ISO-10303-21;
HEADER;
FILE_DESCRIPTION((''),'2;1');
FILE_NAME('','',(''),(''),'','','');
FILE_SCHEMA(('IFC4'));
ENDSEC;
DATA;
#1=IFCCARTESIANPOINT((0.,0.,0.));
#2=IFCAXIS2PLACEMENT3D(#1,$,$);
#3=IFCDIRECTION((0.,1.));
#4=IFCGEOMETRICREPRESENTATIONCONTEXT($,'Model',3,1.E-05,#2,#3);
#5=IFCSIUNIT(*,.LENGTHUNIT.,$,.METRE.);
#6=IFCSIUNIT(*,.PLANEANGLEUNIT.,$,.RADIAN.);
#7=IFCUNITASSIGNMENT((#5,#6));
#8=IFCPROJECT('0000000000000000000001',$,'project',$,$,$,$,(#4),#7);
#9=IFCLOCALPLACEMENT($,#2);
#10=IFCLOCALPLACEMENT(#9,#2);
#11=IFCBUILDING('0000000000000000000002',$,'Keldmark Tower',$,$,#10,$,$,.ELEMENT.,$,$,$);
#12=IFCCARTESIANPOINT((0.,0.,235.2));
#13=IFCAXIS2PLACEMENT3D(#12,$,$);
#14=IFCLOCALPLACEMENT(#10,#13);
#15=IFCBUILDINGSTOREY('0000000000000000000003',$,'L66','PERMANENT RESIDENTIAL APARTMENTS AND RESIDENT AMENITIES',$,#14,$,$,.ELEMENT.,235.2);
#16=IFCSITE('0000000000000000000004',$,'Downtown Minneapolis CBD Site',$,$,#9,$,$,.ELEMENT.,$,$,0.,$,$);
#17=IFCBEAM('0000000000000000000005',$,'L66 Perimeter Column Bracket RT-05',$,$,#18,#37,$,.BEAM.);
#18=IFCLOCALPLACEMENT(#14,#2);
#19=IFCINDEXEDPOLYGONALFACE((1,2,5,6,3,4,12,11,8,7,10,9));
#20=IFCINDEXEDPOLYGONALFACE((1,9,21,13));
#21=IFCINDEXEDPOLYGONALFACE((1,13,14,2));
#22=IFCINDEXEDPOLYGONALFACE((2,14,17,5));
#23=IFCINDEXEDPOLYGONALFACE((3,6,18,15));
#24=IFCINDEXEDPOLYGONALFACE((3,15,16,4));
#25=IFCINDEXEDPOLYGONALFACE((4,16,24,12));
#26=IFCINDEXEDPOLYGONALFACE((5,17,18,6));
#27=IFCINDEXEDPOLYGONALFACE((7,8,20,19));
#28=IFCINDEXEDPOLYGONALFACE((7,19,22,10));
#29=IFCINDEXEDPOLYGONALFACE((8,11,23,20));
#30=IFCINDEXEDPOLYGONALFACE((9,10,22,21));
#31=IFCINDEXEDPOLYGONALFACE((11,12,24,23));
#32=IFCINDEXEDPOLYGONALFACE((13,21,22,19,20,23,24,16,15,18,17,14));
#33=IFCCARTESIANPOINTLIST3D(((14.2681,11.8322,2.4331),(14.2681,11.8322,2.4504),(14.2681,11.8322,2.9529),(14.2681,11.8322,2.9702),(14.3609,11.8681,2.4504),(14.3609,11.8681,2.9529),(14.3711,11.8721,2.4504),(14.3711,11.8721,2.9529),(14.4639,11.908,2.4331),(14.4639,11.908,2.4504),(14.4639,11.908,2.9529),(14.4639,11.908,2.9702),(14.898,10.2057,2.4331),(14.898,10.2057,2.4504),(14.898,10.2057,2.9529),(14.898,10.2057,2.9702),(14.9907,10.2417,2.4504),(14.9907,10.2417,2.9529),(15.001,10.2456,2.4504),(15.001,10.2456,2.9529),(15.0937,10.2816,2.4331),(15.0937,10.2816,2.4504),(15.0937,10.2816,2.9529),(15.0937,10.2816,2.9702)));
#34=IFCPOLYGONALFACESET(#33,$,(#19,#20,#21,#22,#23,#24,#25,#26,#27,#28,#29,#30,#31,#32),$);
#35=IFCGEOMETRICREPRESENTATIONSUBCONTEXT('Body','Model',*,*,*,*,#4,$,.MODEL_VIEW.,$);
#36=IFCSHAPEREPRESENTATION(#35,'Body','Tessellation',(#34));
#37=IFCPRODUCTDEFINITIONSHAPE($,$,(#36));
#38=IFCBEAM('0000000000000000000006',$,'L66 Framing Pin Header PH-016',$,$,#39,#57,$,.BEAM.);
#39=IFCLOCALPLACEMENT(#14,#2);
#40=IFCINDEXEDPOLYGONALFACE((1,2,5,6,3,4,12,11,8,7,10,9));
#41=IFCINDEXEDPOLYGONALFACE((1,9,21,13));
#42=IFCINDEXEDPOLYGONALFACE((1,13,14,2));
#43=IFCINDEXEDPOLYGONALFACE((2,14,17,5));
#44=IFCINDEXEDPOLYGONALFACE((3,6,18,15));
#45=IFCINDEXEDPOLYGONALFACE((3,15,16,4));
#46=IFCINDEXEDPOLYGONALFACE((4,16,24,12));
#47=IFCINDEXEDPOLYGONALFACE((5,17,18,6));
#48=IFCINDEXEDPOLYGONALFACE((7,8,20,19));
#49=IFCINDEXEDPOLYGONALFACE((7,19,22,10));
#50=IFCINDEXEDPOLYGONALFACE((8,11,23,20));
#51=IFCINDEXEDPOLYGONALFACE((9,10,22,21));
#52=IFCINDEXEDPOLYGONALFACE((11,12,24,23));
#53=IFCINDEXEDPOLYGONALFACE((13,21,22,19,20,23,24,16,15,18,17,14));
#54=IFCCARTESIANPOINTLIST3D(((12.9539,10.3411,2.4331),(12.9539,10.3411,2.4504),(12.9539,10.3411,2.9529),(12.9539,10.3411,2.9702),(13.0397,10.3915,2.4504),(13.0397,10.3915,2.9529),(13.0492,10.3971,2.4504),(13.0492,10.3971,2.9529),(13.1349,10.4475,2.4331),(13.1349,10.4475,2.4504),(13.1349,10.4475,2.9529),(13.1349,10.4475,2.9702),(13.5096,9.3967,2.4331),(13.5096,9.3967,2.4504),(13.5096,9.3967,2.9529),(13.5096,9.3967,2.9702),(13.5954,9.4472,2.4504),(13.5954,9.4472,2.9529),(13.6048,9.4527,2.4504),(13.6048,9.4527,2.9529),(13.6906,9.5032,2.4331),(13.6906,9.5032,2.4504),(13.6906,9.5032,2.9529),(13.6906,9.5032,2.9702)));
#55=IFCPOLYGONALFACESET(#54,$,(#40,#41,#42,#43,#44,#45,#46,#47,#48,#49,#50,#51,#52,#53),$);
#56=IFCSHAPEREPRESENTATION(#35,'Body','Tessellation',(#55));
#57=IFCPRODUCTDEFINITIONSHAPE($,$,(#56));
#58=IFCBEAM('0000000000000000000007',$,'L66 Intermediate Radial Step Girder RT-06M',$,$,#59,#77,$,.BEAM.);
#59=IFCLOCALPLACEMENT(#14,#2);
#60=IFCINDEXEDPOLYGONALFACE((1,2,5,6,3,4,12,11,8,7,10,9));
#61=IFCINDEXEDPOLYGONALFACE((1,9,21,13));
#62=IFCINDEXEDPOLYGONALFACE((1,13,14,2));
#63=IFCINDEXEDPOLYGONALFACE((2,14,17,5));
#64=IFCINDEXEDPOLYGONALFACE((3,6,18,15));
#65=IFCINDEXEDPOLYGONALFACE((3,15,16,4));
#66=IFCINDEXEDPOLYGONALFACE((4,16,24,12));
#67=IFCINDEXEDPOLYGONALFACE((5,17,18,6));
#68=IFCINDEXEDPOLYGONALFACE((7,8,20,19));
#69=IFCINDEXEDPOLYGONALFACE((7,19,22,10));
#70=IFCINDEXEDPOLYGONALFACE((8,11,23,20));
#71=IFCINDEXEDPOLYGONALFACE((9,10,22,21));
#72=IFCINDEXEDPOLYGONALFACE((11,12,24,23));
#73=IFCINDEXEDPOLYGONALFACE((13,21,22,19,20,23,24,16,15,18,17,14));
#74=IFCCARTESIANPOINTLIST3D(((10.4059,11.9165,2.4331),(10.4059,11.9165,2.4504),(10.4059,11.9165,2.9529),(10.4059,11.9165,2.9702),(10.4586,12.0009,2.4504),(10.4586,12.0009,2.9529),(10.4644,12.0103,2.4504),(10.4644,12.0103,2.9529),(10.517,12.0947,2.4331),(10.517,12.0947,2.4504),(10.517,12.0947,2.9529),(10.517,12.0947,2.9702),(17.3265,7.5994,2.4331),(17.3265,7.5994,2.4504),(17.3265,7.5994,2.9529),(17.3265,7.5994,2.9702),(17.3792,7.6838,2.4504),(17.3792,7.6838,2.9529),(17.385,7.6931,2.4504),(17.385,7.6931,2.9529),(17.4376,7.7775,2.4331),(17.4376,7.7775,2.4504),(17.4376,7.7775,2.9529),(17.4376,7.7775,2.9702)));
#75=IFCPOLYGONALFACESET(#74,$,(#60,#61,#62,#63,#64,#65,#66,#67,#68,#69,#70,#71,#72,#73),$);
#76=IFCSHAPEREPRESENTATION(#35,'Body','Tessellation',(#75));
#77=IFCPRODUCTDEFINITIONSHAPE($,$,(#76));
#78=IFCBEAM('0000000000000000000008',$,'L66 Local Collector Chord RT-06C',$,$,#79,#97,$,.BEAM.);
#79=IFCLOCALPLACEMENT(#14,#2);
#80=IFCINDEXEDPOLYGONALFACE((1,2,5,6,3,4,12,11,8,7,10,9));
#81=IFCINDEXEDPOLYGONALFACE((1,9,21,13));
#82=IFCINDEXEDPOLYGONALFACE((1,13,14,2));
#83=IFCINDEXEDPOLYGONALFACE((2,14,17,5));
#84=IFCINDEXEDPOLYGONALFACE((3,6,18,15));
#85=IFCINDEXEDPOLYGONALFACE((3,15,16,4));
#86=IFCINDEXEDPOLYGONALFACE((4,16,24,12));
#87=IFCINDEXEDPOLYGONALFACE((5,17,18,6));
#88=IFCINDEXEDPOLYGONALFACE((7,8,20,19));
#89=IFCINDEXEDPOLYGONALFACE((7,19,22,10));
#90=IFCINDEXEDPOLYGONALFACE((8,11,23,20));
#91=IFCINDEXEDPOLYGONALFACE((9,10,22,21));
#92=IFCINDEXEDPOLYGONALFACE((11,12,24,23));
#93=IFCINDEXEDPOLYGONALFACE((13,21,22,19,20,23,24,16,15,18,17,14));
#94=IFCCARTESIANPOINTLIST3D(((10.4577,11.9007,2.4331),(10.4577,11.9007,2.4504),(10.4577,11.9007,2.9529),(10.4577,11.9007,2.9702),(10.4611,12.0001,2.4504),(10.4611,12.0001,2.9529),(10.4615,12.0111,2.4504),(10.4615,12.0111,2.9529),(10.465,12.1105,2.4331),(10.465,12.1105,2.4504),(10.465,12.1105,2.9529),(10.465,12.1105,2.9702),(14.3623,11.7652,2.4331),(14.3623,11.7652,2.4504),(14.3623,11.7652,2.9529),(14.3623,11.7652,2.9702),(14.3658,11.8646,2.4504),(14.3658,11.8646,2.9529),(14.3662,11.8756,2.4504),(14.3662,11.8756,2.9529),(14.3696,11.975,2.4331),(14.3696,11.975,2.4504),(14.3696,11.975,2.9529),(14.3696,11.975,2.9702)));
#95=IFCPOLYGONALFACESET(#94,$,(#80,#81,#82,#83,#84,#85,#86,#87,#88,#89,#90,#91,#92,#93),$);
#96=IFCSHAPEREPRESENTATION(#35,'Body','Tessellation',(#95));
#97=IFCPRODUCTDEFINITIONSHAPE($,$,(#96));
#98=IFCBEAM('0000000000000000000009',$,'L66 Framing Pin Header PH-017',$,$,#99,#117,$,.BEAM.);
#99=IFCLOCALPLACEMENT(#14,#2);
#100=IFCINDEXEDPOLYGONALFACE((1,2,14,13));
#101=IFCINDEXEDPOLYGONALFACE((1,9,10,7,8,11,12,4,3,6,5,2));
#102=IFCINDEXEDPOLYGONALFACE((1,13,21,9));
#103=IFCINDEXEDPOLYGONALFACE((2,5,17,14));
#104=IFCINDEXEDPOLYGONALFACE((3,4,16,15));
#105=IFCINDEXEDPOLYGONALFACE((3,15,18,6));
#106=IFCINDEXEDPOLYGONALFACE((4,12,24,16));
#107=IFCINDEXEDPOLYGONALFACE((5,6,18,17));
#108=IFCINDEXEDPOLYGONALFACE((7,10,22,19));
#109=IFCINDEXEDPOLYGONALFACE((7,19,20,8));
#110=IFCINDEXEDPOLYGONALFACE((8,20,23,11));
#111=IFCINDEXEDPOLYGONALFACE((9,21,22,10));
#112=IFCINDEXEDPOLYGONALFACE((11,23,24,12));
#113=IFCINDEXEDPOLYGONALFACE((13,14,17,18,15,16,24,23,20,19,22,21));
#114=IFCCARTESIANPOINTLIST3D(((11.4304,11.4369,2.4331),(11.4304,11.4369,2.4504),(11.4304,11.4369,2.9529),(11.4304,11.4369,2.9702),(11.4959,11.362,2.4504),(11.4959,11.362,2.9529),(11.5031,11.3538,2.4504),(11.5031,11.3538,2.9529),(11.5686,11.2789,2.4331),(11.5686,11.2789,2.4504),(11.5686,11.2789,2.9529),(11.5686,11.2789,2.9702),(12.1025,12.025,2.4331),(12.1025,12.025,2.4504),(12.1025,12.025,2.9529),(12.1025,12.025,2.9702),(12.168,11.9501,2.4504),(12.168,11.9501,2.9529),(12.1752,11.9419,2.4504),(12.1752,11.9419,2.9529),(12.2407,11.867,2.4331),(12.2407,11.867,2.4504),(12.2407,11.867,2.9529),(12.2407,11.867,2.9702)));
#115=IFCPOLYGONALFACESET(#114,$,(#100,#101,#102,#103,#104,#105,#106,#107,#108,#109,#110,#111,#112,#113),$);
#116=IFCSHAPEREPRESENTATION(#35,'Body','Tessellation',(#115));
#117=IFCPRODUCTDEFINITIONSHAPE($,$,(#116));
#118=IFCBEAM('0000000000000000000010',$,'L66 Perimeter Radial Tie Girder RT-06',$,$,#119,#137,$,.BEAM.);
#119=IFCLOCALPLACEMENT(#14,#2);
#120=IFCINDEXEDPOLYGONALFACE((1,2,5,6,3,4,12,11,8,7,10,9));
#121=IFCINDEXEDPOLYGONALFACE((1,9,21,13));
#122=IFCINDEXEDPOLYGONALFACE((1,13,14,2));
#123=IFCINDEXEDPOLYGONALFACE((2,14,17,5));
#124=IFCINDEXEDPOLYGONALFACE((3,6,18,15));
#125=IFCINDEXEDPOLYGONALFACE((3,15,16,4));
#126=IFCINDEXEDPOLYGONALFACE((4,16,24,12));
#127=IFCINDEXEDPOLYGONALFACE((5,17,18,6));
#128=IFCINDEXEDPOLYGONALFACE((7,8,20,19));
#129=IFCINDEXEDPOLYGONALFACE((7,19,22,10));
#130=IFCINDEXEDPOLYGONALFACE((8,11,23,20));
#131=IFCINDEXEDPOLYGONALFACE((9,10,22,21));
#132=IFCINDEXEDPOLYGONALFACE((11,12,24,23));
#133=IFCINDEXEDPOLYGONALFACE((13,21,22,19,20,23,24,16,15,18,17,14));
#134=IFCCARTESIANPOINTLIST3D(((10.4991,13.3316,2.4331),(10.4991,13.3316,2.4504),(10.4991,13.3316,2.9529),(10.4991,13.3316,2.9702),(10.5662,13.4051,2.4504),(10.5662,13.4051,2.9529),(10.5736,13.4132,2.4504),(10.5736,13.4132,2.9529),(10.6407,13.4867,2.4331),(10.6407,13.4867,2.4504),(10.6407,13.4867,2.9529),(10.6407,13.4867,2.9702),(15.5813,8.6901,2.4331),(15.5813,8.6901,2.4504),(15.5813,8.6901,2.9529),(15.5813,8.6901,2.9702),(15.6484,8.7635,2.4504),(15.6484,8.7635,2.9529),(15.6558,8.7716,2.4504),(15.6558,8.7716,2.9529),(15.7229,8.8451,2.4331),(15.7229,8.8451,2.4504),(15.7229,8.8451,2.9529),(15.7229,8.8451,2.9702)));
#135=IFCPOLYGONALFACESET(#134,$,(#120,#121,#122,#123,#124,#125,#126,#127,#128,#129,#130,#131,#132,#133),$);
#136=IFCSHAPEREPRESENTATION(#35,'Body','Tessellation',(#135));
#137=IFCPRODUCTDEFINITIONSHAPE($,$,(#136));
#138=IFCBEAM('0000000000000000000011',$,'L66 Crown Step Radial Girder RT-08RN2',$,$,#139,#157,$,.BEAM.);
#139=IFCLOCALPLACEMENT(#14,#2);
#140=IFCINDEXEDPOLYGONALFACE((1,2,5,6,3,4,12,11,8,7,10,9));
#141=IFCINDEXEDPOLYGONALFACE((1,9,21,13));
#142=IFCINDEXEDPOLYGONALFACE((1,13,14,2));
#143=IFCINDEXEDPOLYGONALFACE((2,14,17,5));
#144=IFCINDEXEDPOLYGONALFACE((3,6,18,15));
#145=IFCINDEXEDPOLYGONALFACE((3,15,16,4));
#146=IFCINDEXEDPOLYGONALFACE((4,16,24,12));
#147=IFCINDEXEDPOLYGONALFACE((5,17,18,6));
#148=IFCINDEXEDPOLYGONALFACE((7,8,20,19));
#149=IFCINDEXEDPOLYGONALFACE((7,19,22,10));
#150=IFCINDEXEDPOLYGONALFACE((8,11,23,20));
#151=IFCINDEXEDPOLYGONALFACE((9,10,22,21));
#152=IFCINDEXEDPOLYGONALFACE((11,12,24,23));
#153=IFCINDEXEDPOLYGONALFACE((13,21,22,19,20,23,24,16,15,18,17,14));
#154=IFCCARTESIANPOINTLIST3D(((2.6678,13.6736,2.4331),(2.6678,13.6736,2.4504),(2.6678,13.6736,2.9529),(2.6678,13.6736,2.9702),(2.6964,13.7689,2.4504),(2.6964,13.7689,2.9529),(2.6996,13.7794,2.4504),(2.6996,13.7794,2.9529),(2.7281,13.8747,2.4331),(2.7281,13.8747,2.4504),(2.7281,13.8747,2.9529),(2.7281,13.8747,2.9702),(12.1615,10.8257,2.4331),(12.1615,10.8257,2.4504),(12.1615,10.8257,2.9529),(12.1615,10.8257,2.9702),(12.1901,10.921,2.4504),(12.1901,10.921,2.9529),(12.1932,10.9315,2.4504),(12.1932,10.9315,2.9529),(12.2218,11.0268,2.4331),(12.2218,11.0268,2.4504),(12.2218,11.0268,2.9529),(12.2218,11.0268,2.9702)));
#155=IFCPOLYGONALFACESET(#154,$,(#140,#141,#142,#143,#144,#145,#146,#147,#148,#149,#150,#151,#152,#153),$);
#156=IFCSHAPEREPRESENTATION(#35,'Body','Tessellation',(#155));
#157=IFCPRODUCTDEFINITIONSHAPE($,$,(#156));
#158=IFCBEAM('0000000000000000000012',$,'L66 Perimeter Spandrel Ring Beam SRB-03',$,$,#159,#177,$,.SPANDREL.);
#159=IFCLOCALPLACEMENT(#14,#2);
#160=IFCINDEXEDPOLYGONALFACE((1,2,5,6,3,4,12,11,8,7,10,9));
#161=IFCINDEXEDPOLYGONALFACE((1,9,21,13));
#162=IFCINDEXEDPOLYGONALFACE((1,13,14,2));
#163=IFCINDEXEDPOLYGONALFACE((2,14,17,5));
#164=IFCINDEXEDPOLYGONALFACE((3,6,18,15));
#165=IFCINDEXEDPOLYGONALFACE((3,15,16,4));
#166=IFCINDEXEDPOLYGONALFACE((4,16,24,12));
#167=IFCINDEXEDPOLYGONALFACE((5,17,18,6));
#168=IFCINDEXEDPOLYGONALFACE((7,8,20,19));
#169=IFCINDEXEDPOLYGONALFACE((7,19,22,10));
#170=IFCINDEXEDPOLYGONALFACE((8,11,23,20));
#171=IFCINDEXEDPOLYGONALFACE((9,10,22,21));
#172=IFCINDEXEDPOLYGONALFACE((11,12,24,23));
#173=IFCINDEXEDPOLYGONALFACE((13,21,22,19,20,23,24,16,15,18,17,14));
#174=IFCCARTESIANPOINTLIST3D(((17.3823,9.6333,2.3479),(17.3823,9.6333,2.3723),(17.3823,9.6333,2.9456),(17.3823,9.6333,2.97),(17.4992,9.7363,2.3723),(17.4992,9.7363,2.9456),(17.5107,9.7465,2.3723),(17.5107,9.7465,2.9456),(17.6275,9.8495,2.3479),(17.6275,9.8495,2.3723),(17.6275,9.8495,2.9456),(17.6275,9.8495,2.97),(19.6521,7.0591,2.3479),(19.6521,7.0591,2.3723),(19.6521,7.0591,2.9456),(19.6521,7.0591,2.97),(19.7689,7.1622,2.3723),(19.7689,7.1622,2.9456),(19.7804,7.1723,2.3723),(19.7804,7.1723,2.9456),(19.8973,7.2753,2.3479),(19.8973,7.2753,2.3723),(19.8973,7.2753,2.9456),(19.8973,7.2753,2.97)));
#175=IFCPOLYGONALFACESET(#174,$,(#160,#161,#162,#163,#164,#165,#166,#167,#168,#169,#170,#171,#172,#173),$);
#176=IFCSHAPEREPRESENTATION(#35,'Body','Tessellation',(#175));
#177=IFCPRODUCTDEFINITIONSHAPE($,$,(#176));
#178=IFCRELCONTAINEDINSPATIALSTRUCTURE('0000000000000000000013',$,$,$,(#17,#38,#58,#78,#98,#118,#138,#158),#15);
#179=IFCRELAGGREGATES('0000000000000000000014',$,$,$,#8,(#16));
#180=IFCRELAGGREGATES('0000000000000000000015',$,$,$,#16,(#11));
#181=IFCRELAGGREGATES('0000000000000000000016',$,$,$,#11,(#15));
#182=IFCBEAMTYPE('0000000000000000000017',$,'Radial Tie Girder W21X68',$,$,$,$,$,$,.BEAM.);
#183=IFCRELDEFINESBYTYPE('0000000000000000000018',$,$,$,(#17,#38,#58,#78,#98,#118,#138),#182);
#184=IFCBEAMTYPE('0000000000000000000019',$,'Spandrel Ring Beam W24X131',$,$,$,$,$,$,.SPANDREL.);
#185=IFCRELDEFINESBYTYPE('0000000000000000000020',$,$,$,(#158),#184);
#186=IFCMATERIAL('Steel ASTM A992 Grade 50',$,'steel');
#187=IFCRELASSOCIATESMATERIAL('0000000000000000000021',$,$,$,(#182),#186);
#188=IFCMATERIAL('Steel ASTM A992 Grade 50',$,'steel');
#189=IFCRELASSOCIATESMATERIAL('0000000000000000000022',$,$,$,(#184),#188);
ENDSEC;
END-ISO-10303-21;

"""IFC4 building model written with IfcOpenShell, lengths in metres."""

from ifc_helpers import new_model, si_unit, direction, frame, origin, origin_2d, place, context, subcontext, project, spatial, i_section, extrude, material, material_profile, profile_set, type_object, element, save


model = new_model("IFC4")

# Units and contexts
model_context = context("Model", 3, precision=1e-05, world=origin(), true_north=direction((0.0, 1.0)))
body_context = subcontext(model_context, "Body", "Model", "MODEL_VIEW")
ifc_project = project(units=[si_unit("LENGTHUNIT", "METRE"), si_unit("PLANEANGLEUNIT", "RADIAN")], contexts=[model_context])

# Site, building, storey
site_placement = place(None, origin())
site = spatial("IfcSite", under=ifc_project, at=site_placement, Name="Downtown Minneapolis CBD Site", CompositionType="ELEMENT", RefElevation=0.0)
building_placement = place(site_placement, origin())
building = spatial("IfcBuilding", under=site, at=building_placement, Name="Keldmark Tower", CompositionType="ELEMENT")
storey_placement = place(building_placement, frame((0.0, 0.0, 235.2)))
storey = spatial("IfcBuildingStorey", under=building, at=storey_placement, Name="L66", Description="PERMANENT RESIDENTIAL APARTMENTS AND RESIDENT AMENITIES", CompositionType="ELEMENT", Elevation=235.2)

# Beams
ifc_material_1 = material(Name="Steel ASTM A992 Grade 50", Category="steel")
ifc_material_profile_1 = material_profile(ifc_material_1, i_section(OverallWidth=0.21, OverallDepth=0.5371, WebThickness=0.011, FlangeThickness=0.0173, at=origin_2d()), Name="W21X68")
ifc_profile_set_1 = profile_set([ifc_material_profile_1], Name="Steel ASTM A992 Grade 50")
beam_type_1 = type_object("IfcBeamType", Name="Radial Tie Girder W21X68", PredefinedType="BEAM", material=ifc_profile_set_1)
beam_1_placement = place(storey_placement, frame((14.9958, 10.2437, 2.7017), z_axis=(-0.361135, 0.932513, 0.0), x_axis=(-0.932513, -0.361135, 0.0)))
element("IfcBeam", 1, at=beam_1_placement, inside=storey, type_object=beam_type_1, Name="L66 Perimeter Column Bracket RT-05", PredefinedType="BEAM", context=body_context, shape_type="SweptSolid", body=[
    extrude(i_section(OverallWidth=0.21, OverallDepth=0.5371, WebThickness=0.011, FlangeThickness=0.0173, at=origin_2d()), origin(), (0.0, 0.0, 1.0), 1.7441),
])
beam_2_placement = place(storey_placement, frame((13.6001, 9.45, 2.7017), z_axis=(-0.507137, 0.861865, 0.0), x_axis=(-0.861865, -0.507137, 0.0)))
element("IfcBeam", 2, at=beam_2_placement, inside=storey, type_object=beam_type_1, Name="L66 Framing Pin Header PH-016", PredefinedType="BEAM", context=body_context, shape_type="SweptSolid", body=[
    extrude(i_section(OverallWidth=0.21, OverallDepth=0.5371, WebThickness=0.011, FlangeThickness=0.0173, at=origin_2d()), origin(), (0.0, 0.0, 1.0), 1.0957),
])
beam_3_placement = place(storey_placement, frame((17.3821, 7.6885, 2.7017), z_axis=(-0.848454, 0.52927, 0.0), x_axis=(-0.52927, -0.848454, 0.0)))
element("IfcBeam", 3, at=beam_3_placement, inside=storey, type_object=beam_type_1, Name="L66 Intermediate Radial Step Girder RT-06M", PredefinedType="BEAM", context=body_context, shape_type="SweptSolid", body=[
    extrude(i_section(OverallWidth=0.21, OverallDepth=0.5371, WebThickness=0.011, FlangeThickness=0.0173, at=origin_2d()), origin(), (0.0, 0.0, 1.0), 8.1567),
])
beam_4_placement = place(storey_placement, frame((14.366, 11.8701, 2.7017), z_axis=(-0.999398, 0.034682, 0.0), x_axis=(-0.034682, -0.999398, 0.0)))
element("IfcBeam", 4, at=beam_4_placement, inside=storey, type_object=beam_type_1, Name="L66 Local Collector Chord RT-06C", PredefinedType="BEAM", context=body_context, shape_type="SweptSolid", body=[
    extrude(i_section(OverallWidth=0.21, OverallDepth=0.5371, WebThickness=0.011, FlangeThickness=0.0173, at=origin_2d()), origin(), (0.0, 0.0, 1.0), 3.907),
])
beam_5_placement = place(storey_placement, frame((11.4995, 11.3579, 2.7017), z_axis=(0.75256, 0.658524, 0.0), x_axis=(-0.658524, 0.75256, 0.0)))
element("IfcBeam", 5, at=beam_5_placement, inside=storey, type_object=beam_type_1, Name="L66 Framing Pin Header PH-017", PredefinedType="BEAM", context=body_context, shape_type="SweptSolid", body=[
    extrude(i_section(OverallWidth=0.21, OverallDepth=0.5371, WebThickness=0.011, FlangeThickness=0.0173, at=origin_2d()), origin(), (0.0, 0.0, 1.0), 0.8931),
])
beam_6_placement = place(storey_placement, frame((15.6521, 8.7676, 2.7017), z_axis=(-0.738394, 0.674369, 0.0), x_axis=(-0.674369, -0.738394, 0.0)))
element("IfcBeam", 6, at=beam_6_placement, inside=storey, type_object=beam_type_1, Name="L66 Perimeter Radial Tie Girder RT-06", PredefinedType="BEAM", context=body_context, shape_type="SweptSolid", body=[
    extrude(i_section(OverallWidth=0.21, OverallDepth=0.5371, WebThickness=0.011, FlangeThickness=0.0173, at=origin_2d()), origin(), (0.0, 0.0, 1.0), 6.8828),
])
beam_7_placement = place(storey_placement, frame((12.1917, 10.9263, 2.7017), z_axis=(-0.957832, 0.28733, 0.0), x_axis=(-0.28733, -0.957832, 0.0)))
element("IfcBeam", 7, at=beam_7_placement, inside=storey, type_object=beam_type_1, Name="L66 Crown Step Radial Girder RT-08RN2", PredefinedType="BEAM", context=body_context, shape_type="SweptSolid", body=[
    extrude(i_section(OverallWidth=0.21, OverallDepth=0.5371, WebThickness=0.011, FlangeThickness=0.0173, at=origin_2d()), origin(), (0.0, 0.0, 1.0), 9.9116),
])
ifc_material_2 = material(Name="Steel ASTM A992 Grade 50", Category="steel")
ifc_material_profile_2 = material_profile(ifc_material_2, i_section(OverallWidth=0.3269, OverallDepth=0.6221, WebThickness=0.0154, FlangeThickness=0.0244, at=origin_2d()), Name="W24X131")
ifc_profile_set_2 = profile_set([ifc_material_profile_2], Name="Steel ASTM A992 Grade 50")
beam_type_2 = type_object("IfcBeamType", Name="Spandrel Ring Beam W24X131", PredefinedType="SPANDREL", material=ifc_profile_set_2)
beam_8_placement = place(storey_placement, frame((19.7747, 7.1672, 2.6589), z_axis=(-0.66136, 0.750068, 0.0), x_axis=(-0.750068, -0.66136, 0.0)))
element("IfcBeam", 8, at=beam_8_placement, inside=storey, type_object=beam_type_2, Name="L66 Perimeter Spandrel Ring Beam SRB-03", PredefinedType="SPANDREL", context=body_context, shape_type="SweptSolid", body=[
    extrude(i_section(OverallWidth=0.3269, OverallDepth=0.6221, WebThickness=0.0154, FlangeThickness=0.0244, at=origin_2d()), origin(), (0.0, 0.0, 1.0), 3.4319),
])

save(model, "model.ifc")
